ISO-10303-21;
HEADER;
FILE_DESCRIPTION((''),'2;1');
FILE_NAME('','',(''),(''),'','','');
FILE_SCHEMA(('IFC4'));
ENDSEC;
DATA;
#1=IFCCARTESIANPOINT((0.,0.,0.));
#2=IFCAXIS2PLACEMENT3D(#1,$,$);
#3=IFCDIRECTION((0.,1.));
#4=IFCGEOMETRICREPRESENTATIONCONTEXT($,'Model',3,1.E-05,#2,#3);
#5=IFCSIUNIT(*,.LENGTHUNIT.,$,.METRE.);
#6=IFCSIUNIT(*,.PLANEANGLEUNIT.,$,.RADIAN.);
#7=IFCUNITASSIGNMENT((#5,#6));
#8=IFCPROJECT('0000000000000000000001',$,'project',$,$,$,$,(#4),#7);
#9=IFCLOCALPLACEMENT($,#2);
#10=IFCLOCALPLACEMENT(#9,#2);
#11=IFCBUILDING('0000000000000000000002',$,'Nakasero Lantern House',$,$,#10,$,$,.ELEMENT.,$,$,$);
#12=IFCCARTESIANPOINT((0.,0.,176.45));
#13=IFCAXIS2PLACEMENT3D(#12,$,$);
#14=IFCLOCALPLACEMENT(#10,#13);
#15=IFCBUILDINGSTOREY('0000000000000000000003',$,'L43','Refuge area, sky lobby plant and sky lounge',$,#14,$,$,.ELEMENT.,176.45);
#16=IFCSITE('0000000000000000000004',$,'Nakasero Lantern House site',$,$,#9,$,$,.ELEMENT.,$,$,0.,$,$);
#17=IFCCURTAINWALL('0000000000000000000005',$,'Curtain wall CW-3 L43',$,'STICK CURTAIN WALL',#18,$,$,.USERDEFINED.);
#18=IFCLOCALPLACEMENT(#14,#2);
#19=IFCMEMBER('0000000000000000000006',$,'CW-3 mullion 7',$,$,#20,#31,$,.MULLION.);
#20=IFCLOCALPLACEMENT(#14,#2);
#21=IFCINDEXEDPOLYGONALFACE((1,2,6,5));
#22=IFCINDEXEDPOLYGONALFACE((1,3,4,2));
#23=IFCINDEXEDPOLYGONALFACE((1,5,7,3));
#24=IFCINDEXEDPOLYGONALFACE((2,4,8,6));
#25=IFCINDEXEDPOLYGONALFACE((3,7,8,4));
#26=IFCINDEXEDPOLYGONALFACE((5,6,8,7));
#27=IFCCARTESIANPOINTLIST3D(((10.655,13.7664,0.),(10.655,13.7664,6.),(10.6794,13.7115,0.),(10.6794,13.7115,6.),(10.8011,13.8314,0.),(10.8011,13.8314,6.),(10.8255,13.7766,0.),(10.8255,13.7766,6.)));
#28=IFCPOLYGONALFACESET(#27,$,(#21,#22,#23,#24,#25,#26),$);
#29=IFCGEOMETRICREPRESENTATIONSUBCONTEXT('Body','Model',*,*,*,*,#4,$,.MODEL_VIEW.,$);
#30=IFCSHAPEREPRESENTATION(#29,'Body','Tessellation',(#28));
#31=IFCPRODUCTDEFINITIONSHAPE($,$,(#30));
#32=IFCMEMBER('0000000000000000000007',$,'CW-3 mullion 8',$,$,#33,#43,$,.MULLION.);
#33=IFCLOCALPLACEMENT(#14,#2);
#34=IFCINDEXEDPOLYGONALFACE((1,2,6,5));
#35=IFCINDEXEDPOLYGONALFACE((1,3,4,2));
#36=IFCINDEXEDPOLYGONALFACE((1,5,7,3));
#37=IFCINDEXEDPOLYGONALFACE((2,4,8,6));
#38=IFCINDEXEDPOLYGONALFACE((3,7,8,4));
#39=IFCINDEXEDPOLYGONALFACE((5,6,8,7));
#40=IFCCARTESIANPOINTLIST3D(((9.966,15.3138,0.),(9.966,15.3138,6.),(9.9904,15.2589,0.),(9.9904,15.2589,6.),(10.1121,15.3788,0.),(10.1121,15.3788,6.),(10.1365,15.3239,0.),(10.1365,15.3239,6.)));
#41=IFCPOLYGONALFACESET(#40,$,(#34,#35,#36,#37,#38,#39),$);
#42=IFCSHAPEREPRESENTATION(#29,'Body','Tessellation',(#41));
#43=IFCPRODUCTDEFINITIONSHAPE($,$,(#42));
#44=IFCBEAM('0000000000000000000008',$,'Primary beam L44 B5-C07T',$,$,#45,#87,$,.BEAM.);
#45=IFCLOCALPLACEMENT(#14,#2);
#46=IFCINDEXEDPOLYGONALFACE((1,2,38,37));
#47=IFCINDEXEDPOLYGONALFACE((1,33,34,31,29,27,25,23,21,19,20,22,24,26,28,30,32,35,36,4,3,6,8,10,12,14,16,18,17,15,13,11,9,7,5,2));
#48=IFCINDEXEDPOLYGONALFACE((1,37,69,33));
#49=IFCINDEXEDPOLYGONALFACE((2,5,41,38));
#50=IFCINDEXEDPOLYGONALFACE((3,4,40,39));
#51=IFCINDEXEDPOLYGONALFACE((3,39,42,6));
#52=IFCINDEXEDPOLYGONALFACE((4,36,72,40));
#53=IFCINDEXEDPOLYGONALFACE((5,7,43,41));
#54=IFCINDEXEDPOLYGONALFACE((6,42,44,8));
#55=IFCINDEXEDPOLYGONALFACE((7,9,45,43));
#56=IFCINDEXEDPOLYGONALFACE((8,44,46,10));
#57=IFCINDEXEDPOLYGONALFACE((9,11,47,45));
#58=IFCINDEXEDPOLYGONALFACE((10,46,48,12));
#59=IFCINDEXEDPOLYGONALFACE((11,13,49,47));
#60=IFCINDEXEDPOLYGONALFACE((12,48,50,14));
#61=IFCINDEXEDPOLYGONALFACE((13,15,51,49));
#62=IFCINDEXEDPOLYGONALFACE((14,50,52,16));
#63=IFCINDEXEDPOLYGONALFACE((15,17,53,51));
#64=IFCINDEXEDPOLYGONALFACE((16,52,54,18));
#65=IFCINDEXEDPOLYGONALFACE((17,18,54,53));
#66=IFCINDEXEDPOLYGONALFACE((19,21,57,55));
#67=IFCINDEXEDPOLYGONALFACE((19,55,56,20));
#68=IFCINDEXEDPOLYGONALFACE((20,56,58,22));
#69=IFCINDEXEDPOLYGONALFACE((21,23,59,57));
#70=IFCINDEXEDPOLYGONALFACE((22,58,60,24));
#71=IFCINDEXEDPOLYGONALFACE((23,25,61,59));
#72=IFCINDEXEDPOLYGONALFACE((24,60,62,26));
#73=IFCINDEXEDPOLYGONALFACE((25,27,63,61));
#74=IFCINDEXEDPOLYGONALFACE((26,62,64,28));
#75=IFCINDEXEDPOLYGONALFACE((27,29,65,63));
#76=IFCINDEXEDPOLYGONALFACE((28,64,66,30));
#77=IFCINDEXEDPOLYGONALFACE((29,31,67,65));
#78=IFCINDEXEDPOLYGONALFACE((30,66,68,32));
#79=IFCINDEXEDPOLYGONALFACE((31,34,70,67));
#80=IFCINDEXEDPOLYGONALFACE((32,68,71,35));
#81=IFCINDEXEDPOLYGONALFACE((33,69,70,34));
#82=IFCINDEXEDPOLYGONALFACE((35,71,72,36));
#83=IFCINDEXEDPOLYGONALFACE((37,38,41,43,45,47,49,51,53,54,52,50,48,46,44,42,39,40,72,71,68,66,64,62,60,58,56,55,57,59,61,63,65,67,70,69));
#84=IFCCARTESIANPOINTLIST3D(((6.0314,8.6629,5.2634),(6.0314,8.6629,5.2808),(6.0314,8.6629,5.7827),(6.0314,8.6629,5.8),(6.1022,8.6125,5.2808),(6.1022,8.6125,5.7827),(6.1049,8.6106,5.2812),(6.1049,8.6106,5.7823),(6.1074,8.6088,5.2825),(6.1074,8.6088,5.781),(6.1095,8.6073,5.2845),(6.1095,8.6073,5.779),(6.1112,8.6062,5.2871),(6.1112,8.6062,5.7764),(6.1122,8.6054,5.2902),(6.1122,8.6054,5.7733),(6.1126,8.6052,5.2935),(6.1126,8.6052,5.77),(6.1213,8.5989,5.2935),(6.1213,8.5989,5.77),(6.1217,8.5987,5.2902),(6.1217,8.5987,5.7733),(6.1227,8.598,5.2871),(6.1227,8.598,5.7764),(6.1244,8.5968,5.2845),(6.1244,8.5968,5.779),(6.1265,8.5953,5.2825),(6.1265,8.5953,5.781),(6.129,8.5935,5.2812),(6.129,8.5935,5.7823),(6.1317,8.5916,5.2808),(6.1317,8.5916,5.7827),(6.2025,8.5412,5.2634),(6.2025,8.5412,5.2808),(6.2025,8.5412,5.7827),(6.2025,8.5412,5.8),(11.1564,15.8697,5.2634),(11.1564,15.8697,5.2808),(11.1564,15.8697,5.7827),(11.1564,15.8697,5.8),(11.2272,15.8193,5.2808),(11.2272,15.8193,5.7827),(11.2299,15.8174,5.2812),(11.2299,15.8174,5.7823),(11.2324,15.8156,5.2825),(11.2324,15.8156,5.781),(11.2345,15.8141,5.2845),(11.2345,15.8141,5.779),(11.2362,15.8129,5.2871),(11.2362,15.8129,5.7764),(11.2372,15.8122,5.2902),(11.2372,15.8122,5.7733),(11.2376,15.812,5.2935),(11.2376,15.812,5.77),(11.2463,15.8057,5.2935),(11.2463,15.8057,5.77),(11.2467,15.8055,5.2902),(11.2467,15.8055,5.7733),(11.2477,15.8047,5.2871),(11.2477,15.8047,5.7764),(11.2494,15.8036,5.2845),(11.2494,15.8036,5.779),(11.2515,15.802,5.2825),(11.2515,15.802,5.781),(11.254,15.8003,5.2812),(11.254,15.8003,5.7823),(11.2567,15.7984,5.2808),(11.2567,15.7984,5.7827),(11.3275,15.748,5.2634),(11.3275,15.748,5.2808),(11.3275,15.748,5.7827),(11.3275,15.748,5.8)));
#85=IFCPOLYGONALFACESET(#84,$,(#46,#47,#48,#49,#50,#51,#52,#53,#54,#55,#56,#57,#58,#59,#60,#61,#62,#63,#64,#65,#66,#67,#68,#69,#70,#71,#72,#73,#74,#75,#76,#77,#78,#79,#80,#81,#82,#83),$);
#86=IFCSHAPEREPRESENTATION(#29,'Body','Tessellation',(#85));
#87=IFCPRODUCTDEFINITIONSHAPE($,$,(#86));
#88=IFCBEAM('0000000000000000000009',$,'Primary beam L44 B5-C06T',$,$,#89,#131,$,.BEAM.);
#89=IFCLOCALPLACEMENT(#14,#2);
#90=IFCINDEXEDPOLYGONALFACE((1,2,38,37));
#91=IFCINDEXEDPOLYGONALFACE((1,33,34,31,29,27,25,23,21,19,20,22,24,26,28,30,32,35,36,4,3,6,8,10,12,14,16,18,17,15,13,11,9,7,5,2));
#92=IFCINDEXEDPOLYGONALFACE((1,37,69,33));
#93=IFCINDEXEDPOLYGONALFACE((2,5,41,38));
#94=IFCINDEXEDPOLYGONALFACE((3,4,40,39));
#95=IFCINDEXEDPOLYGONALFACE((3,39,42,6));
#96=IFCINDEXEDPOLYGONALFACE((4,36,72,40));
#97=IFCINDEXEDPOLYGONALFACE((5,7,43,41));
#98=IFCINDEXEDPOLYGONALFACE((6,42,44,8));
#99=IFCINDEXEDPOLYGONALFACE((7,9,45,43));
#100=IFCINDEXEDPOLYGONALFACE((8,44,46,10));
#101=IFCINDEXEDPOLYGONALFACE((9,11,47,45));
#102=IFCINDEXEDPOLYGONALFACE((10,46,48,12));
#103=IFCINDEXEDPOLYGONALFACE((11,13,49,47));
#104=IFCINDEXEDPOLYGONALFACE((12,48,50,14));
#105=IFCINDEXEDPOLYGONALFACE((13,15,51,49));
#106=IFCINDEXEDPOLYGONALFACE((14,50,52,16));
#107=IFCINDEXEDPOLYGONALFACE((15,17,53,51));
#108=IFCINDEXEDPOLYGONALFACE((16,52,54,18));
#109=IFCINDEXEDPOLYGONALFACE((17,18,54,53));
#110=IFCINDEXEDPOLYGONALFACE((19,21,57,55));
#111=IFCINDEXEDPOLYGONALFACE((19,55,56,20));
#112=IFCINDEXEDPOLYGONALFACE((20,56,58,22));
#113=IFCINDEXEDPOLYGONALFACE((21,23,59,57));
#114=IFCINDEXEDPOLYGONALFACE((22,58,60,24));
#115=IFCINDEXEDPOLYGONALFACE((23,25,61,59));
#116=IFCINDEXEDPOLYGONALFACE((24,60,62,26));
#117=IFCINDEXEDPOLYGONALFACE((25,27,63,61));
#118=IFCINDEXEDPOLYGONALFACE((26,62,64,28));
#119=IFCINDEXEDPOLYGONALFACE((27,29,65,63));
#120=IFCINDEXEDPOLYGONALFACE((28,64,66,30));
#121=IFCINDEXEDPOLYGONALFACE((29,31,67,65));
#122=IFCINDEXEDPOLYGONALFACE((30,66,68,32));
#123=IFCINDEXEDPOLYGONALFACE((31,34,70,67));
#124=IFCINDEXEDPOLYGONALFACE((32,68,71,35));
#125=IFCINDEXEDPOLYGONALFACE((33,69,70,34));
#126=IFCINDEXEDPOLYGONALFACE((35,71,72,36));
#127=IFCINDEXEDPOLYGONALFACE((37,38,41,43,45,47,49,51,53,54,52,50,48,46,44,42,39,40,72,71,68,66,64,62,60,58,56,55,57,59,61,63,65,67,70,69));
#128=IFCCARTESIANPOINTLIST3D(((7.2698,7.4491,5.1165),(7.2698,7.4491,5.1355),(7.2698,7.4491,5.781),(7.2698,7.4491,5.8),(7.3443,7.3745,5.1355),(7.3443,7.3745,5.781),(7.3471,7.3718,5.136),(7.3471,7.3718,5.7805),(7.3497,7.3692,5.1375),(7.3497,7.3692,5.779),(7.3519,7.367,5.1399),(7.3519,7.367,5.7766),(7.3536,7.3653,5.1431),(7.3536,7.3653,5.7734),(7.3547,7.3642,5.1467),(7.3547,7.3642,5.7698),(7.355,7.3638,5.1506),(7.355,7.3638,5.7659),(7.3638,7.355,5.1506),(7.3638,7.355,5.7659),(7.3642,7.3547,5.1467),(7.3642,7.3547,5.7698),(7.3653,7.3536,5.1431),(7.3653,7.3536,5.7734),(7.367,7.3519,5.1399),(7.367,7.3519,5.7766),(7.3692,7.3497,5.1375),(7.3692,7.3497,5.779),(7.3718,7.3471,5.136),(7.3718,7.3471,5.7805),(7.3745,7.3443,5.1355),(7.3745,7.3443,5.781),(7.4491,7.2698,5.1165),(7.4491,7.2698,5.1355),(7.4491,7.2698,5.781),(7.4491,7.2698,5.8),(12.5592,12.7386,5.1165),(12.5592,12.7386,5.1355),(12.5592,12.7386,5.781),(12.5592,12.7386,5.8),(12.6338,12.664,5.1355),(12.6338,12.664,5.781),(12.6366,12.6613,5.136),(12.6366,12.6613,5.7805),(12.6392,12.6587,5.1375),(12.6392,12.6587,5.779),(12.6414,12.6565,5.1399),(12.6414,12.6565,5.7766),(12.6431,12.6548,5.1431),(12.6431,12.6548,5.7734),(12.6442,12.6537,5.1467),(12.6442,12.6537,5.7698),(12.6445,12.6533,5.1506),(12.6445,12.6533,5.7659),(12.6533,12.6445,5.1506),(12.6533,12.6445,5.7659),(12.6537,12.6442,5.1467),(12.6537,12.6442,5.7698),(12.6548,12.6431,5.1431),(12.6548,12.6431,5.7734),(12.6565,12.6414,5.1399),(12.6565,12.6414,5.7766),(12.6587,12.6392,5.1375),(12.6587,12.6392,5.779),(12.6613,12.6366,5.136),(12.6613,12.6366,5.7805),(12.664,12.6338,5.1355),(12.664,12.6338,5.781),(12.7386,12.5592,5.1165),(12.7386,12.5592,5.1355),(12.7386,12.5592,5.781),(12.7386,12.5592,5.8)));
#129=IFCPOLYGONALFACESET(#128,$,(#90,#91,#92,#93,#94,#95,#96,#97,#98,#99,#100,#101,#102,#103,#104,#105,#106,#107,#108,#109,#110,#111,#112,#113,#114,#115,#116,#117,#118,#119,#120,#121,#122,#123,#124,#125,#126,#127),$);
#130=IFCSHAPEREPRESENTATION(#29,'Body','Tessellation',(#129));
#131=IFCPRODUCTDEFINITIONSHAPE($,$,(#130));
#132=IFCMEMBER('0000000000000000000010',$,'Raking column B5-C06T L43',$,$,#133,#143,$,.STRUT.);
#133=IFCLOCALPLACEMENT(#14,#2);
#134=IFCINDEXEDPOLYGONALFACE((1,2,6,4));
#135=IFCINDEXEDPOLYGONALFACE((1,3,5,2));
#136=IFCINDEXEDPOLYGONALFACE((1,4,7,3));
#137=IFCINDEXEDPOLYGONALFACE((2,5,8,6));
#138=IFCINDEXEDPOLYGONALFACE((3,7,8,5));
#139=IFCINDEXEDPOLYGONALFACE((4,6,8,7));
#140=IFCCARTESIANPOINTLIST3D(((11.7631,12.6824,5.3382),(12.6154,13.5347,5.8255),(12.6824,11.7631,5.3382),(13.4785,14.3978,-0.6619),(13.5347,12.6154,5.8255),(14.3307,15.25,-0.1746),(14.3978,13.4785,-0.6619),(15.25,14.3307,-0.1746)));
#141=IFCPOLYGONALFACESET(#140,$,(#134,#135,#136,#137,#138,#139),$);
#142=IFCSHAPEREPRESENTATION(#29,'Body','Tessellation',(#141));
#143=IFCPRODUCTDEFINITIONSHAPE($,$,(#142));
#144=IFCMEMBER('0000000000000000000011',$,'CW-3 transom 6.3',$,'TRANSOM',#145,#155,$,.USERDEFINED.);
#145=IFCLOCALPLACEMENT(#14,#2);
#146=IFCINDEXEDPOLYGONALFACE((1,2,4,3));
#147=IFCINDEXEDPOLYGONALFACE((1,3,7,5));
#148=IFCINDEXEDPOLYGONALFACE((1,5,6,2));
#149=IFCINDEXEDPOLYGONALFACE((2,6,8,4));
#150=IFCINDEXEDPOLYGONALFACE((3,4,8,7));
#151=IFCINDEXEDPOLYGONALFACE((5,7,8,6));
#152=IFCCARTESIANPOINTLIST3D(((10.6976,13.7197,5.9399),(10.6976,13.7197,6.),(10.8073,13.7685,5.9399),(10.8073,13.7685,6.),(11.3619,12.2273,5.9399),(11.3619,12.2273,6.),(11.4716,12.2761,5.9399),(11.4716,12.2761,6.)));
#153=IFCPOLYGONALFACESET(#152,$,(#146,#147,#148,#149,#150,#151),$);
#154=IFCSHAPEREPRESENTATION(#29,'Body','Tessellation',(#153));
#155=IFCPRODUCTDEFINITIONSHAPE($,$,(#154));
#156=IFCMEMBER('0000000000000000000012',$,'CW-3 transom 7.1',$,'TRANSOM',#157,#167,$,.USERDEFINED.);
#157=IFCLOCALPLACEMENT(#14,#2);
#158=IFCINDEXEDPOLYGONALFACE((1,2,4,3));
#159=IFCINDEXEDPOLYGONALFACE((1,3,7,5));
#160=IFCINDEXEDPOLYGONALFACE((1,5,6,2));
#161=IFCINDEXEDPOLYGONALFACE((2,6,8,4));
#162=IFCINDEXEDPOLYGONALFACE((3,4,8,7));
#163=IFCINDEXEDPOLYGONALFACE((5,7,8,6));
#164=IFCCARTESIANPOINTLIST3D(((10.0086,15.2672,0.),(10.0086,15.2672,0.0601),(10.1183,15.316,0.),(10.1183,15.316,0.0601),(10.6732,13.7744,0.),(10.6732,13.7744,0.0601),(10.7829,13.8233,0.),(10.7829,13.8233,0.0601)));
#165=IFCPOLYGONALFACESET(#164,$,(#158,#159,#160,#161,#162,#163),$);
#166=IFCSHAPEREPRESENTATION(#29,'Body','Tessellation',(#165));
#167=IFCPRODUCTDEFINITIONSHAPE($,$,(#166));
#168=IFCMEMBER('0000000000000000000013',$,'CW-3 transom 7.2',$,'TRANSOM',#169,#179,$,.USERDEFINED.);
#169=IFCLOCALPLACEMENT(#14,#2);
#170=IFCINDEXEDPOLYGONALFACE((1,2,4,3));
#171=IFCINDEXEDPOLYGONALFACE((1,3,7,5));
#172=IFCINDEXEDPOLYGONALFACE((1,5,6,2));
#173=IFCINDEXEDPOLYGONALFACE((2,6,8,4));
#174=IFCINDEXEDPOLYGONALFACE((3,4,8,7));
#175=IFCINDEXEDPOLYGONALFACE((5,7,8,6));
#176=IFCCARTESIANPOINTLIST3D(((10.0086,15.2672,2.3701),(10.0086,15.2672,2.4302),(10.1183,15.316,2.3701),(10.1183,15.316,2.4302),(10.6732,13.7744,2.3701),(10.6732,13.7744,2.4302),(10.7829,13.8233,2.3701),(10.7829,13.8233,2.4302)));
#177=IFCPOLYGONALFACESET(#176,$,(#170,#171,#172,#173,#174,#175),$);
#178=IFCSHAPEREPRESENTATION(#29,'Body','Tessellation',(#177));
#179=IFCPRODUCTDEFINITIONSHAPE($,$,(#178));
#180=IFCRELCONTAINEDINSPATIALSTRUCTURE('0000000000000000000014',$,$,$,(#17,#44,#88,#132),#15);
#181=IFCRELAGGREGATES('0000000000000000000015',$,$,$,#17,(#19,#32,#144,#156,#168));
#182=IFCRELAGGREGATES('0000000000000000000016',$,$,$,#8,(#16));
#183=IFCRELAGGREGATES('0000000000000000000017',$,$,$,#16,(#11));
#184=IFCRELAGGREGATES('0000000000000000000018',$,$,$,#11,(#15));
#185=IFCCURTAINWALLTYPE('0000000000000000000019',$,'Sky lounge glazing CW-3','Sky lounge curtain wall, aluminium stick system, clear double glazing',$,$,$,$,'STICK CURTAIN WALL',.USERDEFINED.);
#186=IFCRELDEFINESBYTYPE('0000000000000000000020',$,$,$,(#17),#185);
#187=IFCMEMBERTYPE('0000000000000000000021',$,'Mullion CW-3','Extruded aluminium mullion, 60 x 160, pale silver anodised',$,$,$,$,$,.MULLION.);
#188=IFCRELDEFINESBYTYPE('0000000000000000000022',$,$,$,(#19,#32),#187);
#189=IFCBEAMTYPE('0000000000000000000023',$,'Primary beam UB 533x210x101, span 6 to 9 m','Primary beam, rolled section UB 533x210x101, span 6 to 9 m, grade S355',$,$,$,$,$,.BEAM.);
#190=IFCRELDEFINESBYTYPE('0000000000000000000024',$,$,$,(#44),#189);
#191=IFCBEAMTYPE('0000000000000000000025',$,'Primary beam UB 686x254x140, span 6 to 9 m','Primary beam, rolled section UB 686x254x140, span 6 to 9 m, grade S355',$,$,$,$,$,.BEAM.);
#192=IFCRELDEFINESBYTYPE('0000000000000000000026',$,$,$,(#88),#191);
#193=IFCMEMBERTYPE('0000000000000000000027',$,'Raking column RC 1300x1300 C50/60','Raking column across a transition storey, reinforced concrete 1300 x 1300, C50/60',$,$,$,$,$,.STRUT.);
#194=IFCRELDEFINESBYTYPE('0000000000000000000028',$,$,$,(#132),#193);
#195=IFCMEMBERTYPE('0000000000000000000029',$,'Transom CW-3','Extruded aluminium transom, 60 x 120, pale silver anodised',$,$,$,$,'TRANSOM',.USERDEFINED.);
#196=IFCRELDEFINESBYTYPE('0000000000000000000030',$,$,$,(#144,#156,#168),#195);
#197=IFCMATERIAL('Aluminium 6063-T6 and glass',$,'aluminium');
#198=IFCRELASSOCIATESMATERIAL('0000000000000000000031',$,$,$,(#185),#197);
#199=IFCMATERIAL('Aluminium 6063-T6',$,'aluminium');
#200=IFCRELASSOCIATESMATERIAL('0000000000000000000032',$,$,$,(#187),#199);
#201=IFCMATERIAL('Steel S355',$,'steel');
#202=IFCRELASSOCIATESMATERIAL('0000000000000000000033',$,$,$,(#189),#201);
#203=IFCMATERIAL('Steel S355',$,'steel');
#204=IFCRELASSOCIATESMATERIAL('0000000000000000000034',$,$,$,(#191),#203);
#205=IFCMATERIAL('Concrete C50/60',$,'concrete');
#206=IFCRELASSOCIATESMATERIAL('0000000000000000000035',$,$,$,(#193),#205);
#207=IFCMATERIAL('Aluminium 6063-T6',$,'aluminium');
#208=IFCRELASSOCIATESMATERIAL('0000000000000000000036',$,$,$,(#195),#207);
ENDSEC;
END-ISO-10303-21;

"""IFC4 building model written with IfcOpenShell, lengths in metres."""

from ifc_helpers import new_model, si_unit, direction, frame, origin, origin_2d, place, context, subcontext, project, spatial, rectangle, i_section, extrude, material, material_profile, profile_set, type_object, element, aggregate, save


model = new_model("IFC4")

# Units and contexts
model_context = context("Model", 3, precision=1e-05, world=origin(), true_north=direction((0.0, 1.0)))
body_context = subcontext(model_context, "Body", "Model", "MODEL_VIEW")
ifc_project = project(units=[si_unit("LENGTHUNIT", "METRE"), si_unit("PLANEANGLEUNIT", "RADIAN")], contexts=[model_context])

# Site, building, storey
site_placement = place(None, origin())
site = spatial("IfcSite", under=ifc_project, at=site_placement, Name="Nakasero Lantern House site", CompositionType="ELEMENT", RefElevation=0.0)
building_placement = place(site_placement, origin())
building = spatial("IfcBuilding", under=site, at=building_placement, Name="Nakasero Lantern House", CompositionType="ELEMENT")
storey_placement = place(building_placement, frame((0.0, 0.0, 176.45)))
storey = spatial("IfcBuildingStorey", under=building, at=storey_placement, Name="L43", Description="Refuge area, sky lobby plant and sky lounge", CompositionType="ELEMENT", Elevation=176.45)

# Curtain wall, members
ifc_material_1 = material(Name="Aluminium 6063-T6 and glass", Category="aluminium")
curtain_wall_type = type_object("IfcCurtainWallType", Name="Sky lounge glazing CW-3", Description="Sky lounge curtain wall, aluminium stick system, clear double glazing", ElementType="STICK CURTAIN WALL", PredefinedType="USERDEFINED", material=ifc_material_1)
curtain_wall_placement = place(storey_placement, origin())
curtain_wall = element("IfcCurtainWall", 1, at=curtain_wall_placement, inside=storey, type_object=curtain_wall_type, Name="Curtain wall CW-3 L43", ObjectType="STICK CURTAIN WALL", PredefinedType="USERDEFINED")
ifc_material_2 = material(Name="Aluminium 6063-T6", Category="aluminium")
ifc_material_profile_1 = material_profile(ifc_material_2, rectangle(XDim=0.0601, YDim=0.1599, at=origin_2d()), Name="CW-3 mullion 60x160")
ifc_profile_set_1 = profile_set([ifc_material_profile_1], Name="Aluminium 6063-T6")
member_type_1 = type_object("IfcMemberType", Name="Mullion CW-3", Description="Extruded aluminium mullion, 60 x 160, pale silver anodised", PredefinedType="MULLION", material=ifc_profile_set_1)
member_1_placement = place(storey_placement, frame((10.7402, 13.7715, 0.0), z_axis=(0.0, 0.0, 1.0), x_axis=(-0.406737, 0.913545, 0.0)))
member_1 = element("IfcMember", 2, at=member_1_placement, type_object=member_type_1, Name="CW-3 mullion 7", PredefinedType="MULLION", context=body_context, shape_type="SweptSolid", body=[
    extrude(rectangle(XDim=0.0601, YDim=0.1599, at=origin_2d()), origin(), (0.0, 0.0, 1.0), 6.0),
])
member_2_placement = place(storey_placement, frame((10.0513, 15.3188, 0.0), z_axis=(0.0, 0.0, 1.0), x_axis=(-0.406737, 0.913545, 0.0)))
member_2 = element("IfcMember", 3, at=member_2_placement, type_object=member_type_1, Name="CW-3 mullion 8", PredefinedType="MULLION", context=body_context, shape_type="SweptSolid", body=[
    extrude(rectangle(XDim=0.0601, YDim=0.1599, at=origin_2d()), origin(), (0.0, 0.0, 1.0), 6.0),
])

# Beams
ifc_material_3 = material(Name="Steel S355", Category="steel")
ifc_material_profile_2 = material_profile(ifc_material_3, i_section(OverallWidth=0.21, OverallDepth=0.5366, WebThickness=0.0107, FlangeThickness=0.0173, FilletRadius=0.0127, at=origin_2d()), Name="UB 533x210x101")
ifc_profile_set_2 = profile_set([ifc_material_profile_2], Name="Steel S355")
beam_type_1 = type_object("IfcBeamType", Name="Primary beam UB 533x210x101, span 6 to 9 m", Description="Primary beam, rolled section UB 533x210x101, span 6 to 9 m, grade S355", PredefinedType="BEAM", material=ifc_profile_set_2)
beam_1_placement = place(storey_placement, frame((11.2419, 15.8088, 5.5317), z_axis=(-0.579537, -0.814946, 0.0), x_axis=(0.814946, -0.579537, 0.0)))
element("IfcBeam", 4, at=beam_1_placement, inside=storey, type_object=beam_type_1, Name="Primary beam L44 B5-C07T", PredefinedType="BEAM", context=body_context, shape_type="SweptSolid", body=[
    extrude(i_section(OverallWidth=0.21, OverallDepth=0.5366, WebThickness=0.0107, FlangeThickness=0.0173, FilletRadius=0.0127, at=origin_2d()), origin(), (0.0, 0.0, 1.0), 8.8433),
])
ifc_material_4 = material(Name="Steel S355", Category="steel")
ifc_material_profile_3 = material_profile(ifc_material_4, i_section(OverallWidth=0.2537, OverallDepth=0.6836, WebThickness=0.0125, FlangeThickness=0.019, FilletRadius=0.0151, at=origin_2d()), Name="UB 686x254x140")
ifc_profile_set_3 = profile_set([ifc_material_profile_3], Name="Steel S355")
beam_type_2 = type_object("IfcBeamType", Name="Primary beam UB 686x254x140, span 6 to 9 m", Description="Primary beam, rolled section UB 686x254x140, span 6 to 9 m, grade S355", PredefinedType="BEAM", material=ifc_profile_set_3)
beam_2_placement = place(storey_placement, frame((12.6489, 12.6489, 5.4583), z_axis=(-0.707107, -0.707107, 0.0), x_axis=(0.707107, -0.707107, 0.0)))
element("IfcBeam", 5, at=beam_2_placement, inside=storey, type_object=beam_type_2, Name="Primary beam L44 B5-C06T", PredefinedType="BEAM", context=body_context, shape_type="SweptSolid", body=[
    extrude(i_section(OverallWidth=0.2537, OverallDepth=0.6836, WebThickness=0.0125, FlangeThickness=0.019, FilletRadius=0.0151, at=origin_2d()), origin(), (0.0, 0.0, 1.0), 7.4805),
])

# Members
ifc_material_5 = material(Name="Concrete C50/60", Category="concrete")
ifc_material_profile_4 = material_profile(ifc_material_5, rectangle(XDim=1.3, YDim=1.3, at=origin_2d()), Name="RC 1300x1300")
ifc_profile_set_4 = profile_set([ifc_material_profile_4], Name="Concrete C50/60")
member_type_2 = type_object("IfcMemberType", Name="Raking column RC 1300x1300 C50/60", Description="Raking column across a transition storey, reinforced concrete 1300 x 1300, C50/60", PredefinedType="STRUT", material=ifc_profile_set_4)
member_3_placement = place(storey_placement, frame((14.3643, 14.3643, -0.4182), z_axis=(-0.265045, -0.265045, 0.927093), x_axis=(0.707107, -0.707107, 0.0)))
element("IfcMember", 6, at=member_3_placement, inside=storey, type_object=member_type_2, Name="Raking column B5-C06T L43", PredefinedType="STRUT", context=body_context, shape_type="SweptSolid", body=[
    extrude(rectangle(XDim=1.3, YDim=1.3, at=origin_2d()), origin(), (0.0, 0.0, 1.0), 6.4719),
])
ifc_material_6 = material(Name="Aluminium 6063-T6", Category="aluminium")
ifc_material_profile_5 = material_profile(ifc_material_6, rectangle(XDim=0.0601, YDim=0.1201, at=origin_2d()), Name="CW-3 transom 60x120")
ifc_profile_set_5 = profile_set([ifc_material_profile_5], Name="Aluminium 6063-T6")
member_type_3 = type_object("IfcMemberType", Name="Transom CW-3", Description="Extruded aluminium transom, 60 x 120, pale silver anodised", ElementType="TRANSOM", PredefinedType="USERDEFINED", material=ifc_profile_set_5)
member_4_placement = place(storey_placement, frame((11.4167, 12.2517, 5.97), z_axis=(-0.406651, 0.913583, 0.0), x_axis=(0.0, 0.0, 1.0)))
member_4 = element("IfcMember", 7, at=member_4_placement, type_object=member_type_3, Name="CW-3 transom 6.3", ObjectType="TRANSOM", PredefinedType="USERDEFINED", context=body_context, shape_type="SweptSolid", body=[
    extrude(rectangle(XDim=0.0601, YDim=0.1201, at=origin_2d()), origin(), (0.0, 0.0, 1.0), 1.6335),
])
member_5_placement = place(storey_placement, frame((10.728, 13.7988, 0.03), z_axis=(-0.406721, 0.913553, 0.0), x_axis=(0.0, 0.0, 1.0)))
member_5 = element("IfcMember", 8, at=member_5_placement, type_object=member_type_3, Name="CW-3 transom 7.1", ObjectType="TRANSOM", PredefinedType="USERDEFINED", context=body_context, shape_type="SweptSolid", body=[
    extrude(rectangle(XDim=0.0601, YDim=0.1201, at=origin_2d()), origin(), (0.0, 0.0, 1.0), 1.634),
])
member_6_placement = place(storey_placement, frame((10.728, 13.7988, 2.4001), z_axis=(-0.406721, 0.913553, 0.0), x_axis=(0.0, 0.0, 1.0)))
member_6 = element("IfcMember", 9, at=member_6_placement, type_object=member_type_3, Name="CW-3 transom 7.2", ObjectType="TRANSOM", PredefinedType="USERDEFINED", context=body_context, shape_type="SweptSolid", body=[
    extrude(rectangle(XDim=0.0601, YDim=0.1201, at=origin_2d()), origin(), (0.0, 0.0, 1.0), 1.634),
])

aggregate(curtain_wall, [member_1, member_2, member_4, member_5, member_6])

save(model, "model.ifc")
